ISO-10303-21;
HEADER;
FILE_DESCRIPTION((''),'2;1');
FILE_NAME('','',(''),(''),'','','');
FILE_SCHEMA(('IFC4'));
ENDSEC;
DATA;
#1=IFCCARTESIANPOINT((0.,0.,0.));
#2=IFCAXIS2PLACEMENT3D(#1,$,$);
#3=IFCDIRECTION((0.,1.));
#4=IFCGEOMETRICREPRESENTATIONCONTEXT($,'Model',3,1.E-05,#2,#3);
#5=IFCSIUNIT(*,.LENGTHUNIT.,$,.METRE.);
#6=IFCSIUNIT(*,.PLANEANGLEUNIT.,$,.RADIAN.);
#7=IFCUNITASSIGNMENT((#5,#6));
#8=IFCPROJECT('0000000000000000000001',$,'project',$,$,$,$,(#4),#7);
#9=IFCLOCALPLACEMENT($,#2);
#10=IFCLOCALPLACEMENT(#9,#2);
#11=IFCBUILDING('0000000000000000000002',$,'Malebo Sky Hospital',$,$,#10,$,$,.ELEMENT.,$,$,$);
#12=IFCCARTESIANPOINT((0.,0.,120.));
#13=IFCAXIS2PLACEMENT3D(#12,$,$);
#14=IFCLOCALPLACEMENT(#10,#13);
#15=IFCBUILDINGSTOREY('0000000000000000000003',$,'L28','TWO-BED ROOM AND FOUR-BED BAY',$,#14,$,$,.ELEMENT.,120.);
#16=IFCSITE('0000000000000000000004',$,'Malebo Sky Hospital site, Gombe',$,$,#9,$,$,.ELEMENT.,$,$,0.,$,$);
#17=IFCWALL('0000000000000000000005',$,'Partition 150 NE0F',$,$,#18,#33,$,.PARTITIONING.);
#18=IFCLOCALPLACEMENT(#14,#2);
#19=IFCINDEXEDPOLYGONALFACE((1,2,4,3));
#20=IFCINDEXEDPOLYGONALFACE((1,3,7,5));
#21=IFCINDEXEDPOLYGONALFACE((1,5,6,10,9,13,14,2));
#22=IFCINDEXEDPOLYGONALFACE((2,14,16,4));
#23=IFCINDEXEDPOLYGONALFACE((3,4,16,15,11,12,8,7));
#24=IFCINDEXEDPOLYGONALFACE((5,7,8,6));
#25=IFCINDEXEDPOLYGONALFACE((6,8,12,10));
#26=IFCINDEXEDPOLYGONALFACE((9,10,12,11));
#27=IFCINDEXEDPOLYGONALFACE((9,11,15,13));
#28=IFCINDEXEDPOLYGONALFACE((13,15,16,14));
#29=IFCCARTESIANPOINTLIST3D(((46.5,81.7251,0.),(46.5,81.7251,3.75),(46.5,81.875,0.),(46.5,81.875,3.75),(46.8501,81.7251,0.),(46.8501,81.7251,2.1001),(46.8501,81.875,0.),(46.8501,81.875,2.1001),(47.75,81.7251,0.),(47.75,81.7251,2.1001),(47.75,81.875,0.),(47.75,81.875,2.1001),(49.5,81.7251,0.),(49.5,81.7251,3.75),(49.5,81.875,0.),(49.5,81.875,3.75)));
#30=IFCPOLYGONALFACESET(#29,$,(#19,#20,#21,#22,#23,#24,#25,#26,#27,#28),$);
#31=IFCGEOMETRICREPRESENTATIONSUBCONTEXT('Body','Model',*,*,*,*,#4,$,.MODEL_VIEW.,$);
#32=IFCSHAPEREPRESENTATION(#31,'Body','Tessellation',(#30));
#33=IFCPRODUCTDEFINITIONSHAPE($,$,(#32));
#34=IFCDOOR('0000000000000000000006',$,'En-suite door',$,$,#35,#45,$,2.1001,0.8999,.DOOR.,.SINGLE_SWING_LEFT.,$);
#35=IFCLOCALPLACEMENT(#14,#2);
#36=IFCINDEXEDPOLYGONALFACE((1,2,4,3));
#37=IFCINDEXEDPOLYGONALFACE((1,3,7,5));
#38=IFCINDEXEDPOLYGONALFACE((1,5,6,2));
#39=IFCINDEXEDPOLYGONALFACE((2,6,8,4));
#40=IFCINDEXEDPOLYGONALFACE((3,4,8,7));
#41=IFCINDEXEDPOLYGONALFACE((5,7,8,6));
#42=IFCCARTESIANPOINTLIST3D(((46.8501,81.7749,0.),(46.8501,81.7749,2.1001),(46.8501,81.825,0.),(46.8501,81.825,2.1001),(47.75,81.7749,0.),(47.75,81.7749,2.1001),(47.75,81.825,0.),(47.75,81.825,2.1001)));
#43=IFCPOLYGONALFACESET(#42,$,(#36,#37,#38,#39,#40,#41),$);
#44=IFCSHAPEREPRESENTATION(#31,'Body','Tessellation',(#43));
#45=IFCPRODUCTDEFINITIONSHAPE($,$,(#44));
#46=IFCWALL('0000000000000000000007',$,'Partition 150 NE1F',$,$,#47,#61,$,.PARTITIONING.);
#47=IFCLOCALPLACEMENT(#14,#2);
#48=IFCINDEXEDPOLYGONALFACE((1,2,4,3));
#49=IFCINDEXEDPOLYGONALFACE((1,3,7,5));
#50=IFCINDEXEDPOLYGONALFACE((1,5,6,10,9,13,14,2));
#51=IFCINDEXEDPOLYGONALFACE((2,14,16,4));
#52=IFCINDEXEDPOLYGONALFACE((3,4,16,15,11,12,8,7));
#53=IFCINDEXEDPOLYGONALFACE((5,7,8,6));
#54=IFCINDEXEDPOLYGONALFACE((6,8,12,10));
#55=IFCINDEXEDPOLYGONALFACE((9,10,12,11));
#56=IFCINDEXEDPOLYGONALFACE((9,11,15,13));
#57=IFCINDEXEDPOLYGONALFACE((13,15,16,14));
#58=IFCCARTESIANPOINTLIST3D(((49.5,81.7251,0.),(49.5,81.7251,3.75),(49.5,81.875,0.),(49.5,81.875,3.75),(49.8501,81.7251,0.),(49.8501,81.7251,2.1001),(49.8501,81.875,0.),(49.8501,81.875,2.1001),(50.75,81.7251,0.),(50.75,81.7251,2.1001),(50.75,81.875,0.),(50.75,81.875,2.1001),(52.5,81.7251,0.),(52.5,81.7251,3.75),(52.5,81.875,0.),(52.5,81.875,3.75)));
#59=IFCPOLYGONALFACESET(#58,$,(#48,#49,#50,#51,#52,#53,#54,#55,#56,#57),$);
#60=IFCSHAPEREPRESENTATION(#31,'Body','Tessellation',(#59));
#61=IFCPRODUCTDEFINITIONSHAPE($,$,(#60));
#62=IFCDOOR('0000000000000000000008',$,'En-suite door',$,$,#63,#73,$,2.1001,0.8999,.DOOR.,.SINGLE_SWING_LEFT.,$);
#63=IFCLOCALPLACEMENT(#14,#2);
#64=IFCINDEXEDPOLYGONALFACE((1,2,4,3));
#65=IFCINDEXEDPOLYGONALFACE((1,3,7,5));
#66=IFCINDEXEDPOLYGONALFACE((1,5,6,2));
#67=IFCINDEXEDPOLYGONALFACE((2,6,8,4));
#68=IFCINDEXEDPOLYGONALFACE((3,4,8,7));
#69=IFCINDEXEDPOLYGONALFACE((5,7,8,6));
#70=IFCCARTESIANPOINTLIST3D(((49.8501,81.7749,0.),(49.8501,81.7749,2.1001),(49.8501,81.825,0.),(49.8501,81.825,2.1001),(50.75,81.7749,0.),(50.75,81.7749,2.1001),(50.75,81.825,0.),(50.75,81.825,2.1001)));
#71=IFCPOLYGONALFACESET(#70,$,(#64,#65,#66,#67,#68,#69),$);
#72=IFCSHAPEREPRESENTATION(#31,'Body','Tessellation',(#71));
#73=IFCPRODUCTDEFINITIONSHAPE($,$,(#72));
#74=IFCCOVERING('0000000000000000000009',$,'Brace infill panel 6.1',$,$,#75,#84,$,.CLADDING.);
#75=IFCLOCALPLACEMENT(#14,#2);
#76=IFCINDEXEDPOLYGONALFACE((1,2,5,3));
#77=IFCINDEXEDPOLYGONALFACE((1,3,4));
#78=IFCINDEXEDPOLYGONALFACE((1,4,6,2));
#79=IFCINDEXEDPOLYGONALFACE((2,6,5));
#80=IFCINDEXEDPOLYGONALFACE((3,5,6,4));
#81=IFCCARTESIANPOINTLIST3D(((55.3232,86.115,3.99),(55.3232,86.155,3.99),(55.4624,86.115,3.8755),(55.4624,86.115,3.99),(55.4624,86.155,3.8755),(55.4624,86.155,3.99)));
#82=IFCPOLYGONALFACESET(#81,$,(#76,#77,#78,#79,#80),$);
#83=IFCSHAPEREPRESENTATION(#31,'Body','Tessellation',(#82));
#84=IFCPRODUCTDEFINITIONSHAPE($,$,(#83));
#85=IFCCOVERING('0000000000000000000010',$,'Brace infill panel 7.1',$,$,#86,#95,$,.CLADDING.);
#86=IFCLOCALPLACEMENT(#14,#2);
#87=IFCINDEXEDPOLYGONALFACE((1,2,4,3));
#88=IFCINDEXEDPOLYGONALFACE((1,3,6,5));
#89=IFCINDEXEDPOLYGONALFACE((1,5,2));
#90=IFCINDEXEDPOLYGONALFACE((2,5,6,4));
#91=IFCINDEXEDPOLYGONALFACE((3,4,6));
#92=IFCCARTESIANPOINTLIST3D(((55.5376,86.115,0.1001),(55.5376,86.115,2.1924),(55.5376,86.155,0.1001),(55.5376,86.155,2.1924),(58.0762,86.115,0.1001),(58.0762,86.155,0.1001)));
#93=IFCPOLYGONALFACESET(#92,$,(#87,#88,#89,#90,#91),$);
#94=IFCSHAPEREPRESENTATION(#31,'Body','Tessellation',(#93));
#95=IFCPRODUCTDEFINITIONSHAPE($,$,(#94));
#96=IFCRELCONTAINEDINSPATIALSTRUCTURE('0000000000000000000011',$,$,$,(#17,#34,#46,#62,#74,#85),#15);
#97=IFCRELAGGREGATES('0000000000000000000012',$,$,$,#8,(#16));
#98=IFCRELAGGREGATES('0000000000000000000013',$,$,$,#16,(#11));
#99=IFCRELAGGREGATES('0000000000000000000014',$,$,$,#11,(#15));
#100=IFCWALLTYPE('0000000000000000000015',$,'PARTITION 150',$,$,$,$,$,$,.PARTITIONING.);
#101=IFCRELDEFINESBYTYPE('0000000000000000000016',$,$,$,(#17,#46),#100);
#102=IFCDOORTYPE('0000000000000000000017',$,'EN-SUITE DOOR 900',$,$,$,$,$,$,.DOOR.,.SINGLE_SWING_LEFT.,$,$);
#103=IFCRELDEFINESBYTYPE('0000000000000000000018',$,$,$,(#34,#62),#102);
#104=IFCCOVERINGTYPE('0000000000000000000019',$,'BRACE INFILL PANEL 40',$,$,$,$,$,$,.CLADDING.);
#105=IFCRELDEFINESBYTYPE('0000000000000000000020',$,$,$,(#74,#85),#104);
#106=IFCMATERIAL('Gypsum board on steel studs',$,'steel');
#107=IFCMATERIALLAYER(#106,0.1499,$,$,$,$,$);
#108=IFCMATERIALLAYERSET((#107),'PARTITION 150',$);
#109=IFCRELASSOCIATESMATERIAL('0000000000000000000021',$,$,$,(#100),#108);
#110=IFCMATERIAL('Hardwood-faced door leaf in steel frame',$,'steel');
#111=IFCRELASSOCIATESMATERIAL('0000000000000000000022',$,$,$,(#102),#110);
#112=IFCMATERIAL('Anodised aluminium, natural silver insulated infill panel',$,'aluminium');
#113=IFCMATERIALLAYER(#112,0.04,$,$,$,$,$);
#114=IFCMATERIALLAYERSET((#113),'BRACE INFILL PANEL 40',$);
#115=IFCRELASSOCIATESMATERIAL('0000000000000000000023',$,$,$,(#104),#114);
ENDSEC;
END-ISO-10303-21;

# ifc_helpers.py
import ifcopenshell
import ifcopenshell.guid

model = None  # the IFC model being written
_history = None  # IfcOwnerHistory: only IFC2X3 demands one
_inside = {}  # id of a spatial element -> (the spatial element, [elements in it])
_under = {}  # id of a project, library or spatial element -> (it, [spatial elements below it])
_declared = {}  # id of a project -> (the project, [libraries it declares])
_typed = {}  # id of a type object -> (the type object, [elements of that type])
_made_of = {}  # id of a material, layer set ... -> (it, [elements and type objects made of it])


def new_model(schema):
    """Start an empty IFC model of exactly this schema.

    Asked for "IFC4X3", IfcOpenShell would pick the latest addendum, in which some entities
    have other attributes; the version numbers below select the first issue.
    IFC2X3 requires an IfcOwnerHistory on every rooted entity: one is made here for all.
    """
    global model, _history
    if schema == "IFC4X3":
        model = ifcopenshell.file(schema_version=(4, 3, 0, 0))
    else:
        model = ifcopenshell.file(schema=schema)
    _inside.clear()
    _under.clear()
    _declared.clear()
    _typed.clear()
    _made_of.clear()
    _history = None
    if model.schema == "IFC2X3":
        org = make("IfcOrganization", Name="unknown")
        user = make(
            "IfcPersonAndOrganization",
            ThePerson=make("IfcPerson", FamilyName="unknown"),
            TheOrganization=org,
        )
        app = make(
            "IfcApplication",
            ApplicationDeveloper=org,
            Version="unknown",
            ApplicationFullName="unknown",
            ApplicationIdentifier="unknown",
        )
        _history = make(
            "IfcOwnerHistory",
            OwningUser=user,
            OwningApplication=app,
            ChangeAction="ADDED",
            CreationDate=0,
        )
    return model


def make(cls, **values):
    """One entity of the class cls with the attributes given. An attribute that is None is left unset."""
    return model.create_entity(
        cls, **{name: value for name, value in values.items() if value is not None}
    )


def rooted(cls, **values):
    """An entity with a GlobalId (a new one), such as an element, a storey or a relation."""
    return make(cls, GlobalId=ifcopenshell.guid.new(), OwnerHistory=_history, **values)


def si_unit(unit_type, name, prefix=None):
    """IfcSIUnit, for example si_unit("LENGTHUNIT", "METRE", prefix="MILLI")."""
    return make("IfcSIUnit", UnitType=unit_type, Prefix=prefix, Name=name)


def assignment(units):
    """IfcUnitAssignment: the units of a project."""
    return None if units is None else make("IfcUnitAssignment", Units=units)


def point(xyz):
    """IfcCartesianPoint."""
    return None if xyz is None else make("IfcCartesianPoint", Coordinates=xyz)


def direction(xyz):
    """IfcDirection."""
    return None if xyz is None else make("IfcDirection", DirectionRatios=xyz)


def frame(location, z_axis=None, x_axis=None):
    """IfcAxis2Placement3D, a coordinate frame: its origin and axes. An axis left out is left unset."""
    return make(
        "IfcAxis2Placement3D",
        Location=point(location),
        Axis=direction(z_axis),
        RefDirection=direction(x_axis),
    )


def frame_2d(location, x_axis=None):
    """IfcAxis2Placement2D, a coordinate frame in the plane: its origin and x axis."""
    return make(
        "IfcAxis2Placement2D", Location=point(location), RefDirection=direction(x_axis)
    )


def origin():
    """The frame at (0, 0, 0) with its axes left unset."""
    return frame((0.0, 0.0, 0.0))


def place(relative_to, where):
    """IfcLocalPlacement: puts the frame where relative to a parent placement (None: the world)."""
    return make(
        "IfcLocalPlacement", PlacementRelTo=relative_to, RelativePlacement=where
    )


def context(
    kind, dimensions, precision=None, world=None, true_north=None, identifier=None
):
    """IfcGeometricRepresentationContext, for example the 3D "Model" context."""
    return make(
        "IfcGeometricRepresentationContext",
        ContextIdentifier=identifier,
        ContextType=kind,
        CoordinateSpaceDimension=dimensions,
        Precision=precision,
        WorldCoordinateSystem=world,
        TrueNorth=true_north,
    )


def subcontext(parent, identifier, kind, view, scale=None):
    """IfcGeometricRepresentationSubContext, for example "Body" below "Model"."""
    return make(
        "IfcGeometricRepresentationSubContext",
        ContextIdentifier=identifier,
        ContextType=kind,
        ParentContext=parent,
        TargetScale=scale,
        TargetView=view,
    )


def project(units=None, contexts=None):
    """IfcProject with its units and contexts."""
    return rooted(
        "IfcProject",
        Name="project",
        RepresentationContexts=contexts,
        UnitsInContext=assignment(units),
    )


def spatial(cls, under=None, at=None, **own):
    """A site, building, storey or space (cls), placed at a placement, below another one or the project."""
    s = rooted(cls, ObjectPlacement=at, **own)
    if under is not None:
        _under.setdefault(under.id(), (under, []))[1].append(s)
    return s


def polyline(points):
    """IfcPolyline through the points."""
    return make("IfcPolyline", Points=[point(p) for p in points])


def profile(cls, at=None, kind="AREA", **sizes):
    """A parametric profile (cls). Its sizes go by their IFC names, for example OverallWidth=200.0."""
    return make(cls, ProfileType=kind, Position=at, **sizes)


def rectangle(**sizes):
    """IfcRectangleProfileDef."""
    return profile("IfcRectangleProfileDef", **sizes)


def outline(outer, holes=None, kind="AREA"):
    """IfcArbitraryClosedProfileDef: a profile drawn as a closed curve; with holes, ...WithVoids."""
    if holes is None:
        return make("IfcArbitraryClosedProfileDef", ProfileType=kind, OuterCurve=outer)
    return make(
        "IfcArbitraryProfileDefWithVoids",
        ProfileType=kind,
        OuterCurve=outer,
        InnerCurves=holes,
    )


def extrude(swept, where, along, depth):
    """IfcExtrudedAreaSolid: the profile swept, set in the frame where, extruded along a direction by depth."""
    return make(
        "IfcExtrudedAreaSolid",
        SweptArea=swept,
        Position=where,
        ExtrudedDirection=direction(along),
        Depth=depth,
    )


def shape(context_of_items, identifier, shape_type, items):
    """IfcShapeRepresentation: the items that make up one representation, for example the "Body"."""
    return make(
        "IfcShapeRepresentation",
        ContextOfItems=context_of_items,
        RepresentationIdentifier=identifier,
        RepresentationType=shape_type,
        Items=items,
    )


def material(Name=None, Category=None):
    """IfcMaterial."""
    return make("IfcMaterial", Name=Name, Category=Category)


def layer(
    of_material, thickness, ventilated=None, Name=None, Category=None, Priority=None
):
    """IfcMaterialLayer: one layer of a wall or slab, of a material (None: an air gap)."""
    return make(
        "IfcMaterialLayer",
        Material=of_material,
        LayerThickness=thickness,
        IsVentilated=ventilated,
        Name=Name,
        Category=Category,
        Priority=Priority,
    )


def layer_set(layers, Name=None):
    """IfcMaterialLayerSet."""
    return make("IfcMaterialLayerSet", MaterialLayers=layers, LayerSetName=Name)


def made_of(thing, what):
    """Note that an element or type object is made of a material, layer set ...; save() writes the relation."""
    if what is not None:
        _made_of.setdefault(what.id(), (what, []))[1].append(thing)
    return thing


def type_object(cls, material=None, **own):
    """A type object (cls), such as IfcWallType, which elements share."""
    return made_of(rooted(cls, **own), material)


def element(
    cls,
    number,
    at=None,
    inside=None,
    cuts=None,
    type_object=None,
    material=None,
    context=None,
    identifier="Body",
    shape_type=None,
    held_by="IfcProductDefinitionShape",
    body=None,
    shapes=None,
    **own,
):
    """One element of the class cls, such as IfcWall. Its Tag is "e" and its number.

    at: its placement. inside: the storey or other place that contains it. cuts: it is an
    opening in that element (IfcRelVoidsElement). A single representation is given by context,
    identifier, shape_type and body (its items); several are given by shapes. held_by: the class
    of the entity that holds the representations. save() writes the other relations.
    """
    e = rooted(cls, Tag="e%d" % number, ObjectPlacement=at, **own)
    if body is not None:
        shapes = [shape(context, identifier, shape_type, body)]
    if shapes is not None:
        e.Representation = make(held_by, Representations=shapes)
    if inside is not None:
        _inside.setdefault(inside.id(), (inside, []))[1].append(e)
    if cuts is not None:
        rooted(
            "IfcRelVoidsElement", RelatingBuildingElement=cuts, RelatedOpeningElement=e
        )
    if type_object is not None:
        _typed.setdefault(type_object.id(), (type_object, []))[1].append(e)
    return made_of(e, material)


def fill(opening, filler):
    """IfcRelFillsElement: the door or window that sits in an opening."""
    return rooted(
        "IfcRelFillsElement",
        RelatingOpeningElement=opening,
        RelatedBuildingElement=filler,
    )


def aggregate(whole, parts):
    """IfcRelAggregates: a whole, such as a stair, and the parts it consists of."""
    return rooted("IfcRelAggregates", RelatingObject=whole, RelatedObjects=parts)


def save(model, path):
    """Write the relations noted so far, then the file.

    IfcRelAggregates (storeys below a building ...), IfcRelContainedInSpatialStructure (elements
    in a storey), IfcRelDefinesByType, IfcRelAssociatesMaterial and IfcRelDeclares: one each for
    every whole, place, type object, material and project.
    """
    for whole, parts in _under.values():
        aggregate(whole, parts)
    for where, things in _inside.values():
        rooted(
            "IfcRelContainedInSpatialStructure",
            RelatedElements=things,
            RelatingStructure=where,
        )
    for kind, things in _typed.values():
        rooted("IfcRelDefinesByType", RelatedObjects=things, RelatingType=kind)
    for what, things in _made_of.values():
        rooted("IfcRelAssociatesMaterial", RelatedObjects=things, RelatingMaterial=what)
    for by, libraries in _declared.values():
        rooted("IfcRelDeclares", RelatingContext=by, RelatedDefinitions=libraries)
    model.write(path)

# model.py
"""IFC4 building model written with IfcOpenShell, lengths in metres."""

from ifc_helpers import new_model, si_unit, direction, frame, frame_2d, origin, place, context, subcontext, project, spatial, polyline, rectangle, outline, extrude, material, layer, layer_set, type_object, element, fill, save


model = new_model("IFC4")

# Units and contexts
model_context = context("Model", 3, precision=1e-05, world=origin(), true_north=direction((0.0, 1.0)))
body_context = subcontext(model_context, "Body", "Model", "MODEL_VIEW")
ifc_project = project(units=[si_unit("LENGTHUNIT", "METRE"), si_unit("PLANEANGLEUNIT", "RADIAN")], contexts=[model_context])

# Site, building, storey
site_placement = place(None, origin())
site = spatial("IfcSite", under=ifc_project, at=site_placement, Name="Malebo Sky Hospital site, Gombe", CompositionType="ELEMENT", RefElevation=0.0)
building_placement = place(site_placement, origin())
building = spatial("IfcBuilding", under=site, at=building_placement, Name="Malebo Sky Hospital", CompositionType="ELEMENT")
storey_placement = place(building_placement, frame((0.0, 0.0, 120.0)))
storey = spatial("IfcBuildingStorey", under=building, at=storey_placement, Name="L28", Description="TWO-BED ROOM AND FOUR-BED BAY", CompositionType="ELEMENT", Elevation=120.0)

# Shared definitions
ifc_material_1 = material(Name="Gypsum board on steel studs", Category="steel")
ifc_layer_1 = layer(ifc_material_1, 0.1499)
ifc_layer_set_1 = layer_set([ifc_layer_1], Name="PARTITION 150")
wall_type = type_object("IfcWallType", Name="PARTITION 150", PredefinedType="PARTITIONING", material=ifc_layer_set_1)

# Walls, openings, doors
wall_1_placement = place(storey_placement, frame((46.5, 81.8, 0.0), z_axis=(0.0, 0.0, 1.0), x_axis=(1.0, 0.0, 0.0)))
wall_1 = element("IfcWall", 1, at=wall_1_placement, inside=storey, type_object=wall_type, Name="Partition 150 NE0F", PredefinedType="PARTITIONING", context=body_context, shape_type="SweptSolid", body=[
    extrude(rectangle(XDim=3.0, YDim=0.1499, at=frame_2d((1.5, 0.0))), origin(), (0.0, 0.0, 1.0), 3.75),
])
opening_1_placement = place(wall_1_placement, frame((0.3501, 0.0, 0.0)))
opening_1 = element("IfcOpeningElement", 2, at=opening_1_placement, cuts=wall_1, PredefinedType="OPENING", context=body_context, shape_type="SweptSolid", body=[
    extrude(rectangle(XDim=0.8999, YDim=2.1001, at=frame_2d((0.45, 1.05))), frame((0.0, 0.085, 0.0), z_axis=(0.0, -1.0, 0.0), x_axis=(1.0, 0.0, 0.0)), (0.0, 0.0, 1.0), 0.1699),
])
ifc_material_2 = material(Name="Hardwood-faced door leaf in steel frame", Category="steel")
door_type = type_object("IfcDoorType", Name="EN-SUITE DOOR 900", OperationType="SINGLE_SWING_LEFT", PredefinedType="DOOR", material=ifc_material_2)
door_1_placement = place(opening_1_placement, origin())
door_1 = element("IfcDoor", 3, at=door_1_placement, inside=storey, type_object=door_type, Name="En-suite door", OperationType="SINGLE_SWING_LEFT", OverallHeight=2.1001, OverallWidth=0.8999, PredefinedType="DOOR", context=body_context, shape_type="SweptSolid", body=[
    extrude(rectangle(XDim=0.8999, YDim=2.1001, at=frame_2d((0.45, 1.05))), frame((0.0, 0.0249, 0.0), z_axis=(0.0, -1.0, 0.0), x_axis=(1.0, 0.0, 0.0)), (0.0, 0.0, 1.0), 0.05),
])
fill(opening_1, door_1)
wall_2_placement = place(storey_placement, frame((49.5, 81.8, 0.0), z_axis=(0.0, 0.0, 1.0), x_axis=(1.0, 0.0, 0.0)))
wall_2 = element("IfcWall", 4, at=wall_2_placement, inside=storey, type_object=wall_type, Name="Partition 150 NE1F", PredefinedType="PARTITIONING", context=body_context, shape_type="SweptSolid", body=[
    extrude(rectangle(XDim=3.0, YDim=0.1499, at=frame_2d((1.5, 0.0))), origin(), (0.0, 0.0, 1.0), 3.75),
])
opening_2_placement = place(wall_2_placement, frame((0.3501, 0.0, 0.0)))
opening_2 = element("IfcOpeningElement", 5, at=opening_2_placement, cuts=wall_2, PredefinedType="OPENING", context=body_context, shape_type="SweptSolid", body=[
    extrude(rectangle(XDim=0.8999, YDim=2.1001, at=frame_2d((0.45, 1.05))), frame((0.0, 0.085, 0.0), z_axis=(0.0, -1.0, 0.0), x_axis=(1.0, 0.0, 0.0)), (0.0, 0.0, 1.0), 0.1699),
])
door_2_placement = place(opening_2_placement, origin())
door_2 = element("IfcDoor", 6, at=door_2_placement, inside=storey, type_object=door_type, Name="En-suite door", OperationType="SINGLE_SWING_LEFT", OverallHeight=2.1001, OverallWidth=0.8999, PredefinedType="DOOR", context=body_context, shape_type="SweptSolid", body=[
    extrude(rectangle(XDim=0.8999, YDim=2.1001, at=frame_2d((0.45, 1.05))), frame((0.0, 0.0249, 0.0), z_axis=(0.0, -1.0, 0.0), x_axis=(1.0, 0.0, 0.0)), (0.0, 0.0, 1.0), 0.05),
])
fill(opening_2, door_2)

# Coverings
ifc_material_3 = material(Name="Anodised aluminium, natural silver insulated infill panel", Category="aluminium")
ifc_layer_2 = layer(ifc_material_3, 0.04)
ifc_layer_set_2 = layer_set([ifc_layer_2], Name="BRACE INFILL PANEL 40")
covering_type = type_object("IfcCoveringType", Name="BRACE INFILL PANEL 40", PredefinedType="CLADDING", material=ifc_layer_set_2)
covering_1_placement = place(storey_placement, frame((55.3928, 86.135, 3.8755), z_axis=(0.0, 0.0, 1.0), x_axis=(1.0, 0.0, 0.0)))
element("IfcCovering", 7, at=covering_1_placement, inside=storey, type_object=covering_type, Name="Brace infill panel 6.1", PredefinedType="CLADDING", context=body_context, shape_type="SweptSolid", body=[
    extrude(outline(polyline([(0.0696, 0.0), (0.0696, 0.1145), (-0.0696, 0.1145), (0.0696, 0.0)])), frame((0.0, 0.02, 0.0), z_axis=(0.0, -1.0, 0.0), x_axis=(1.0, 0.0, 0.0)), (0.0, 0.0, 1.0), 0.04),
])
covering_2_placement = place(storey_placement, frame((56.8069, 86.135, 0.1001), z_axis=(0.0, 0.0, 1.0), x_axis=(1.0, 0.0, 0.0)))
element("IfcCovering", 8, at=covering_2_placement, inside=storey, type_object=covering_type, Name="Brace infill panel 7.1", PredefinedType="CLADDING", context=body_context, shape_type="SweptSolid", body=[
    extrude(outline(polyline([(-1.2693, 0.0), (1.2693, 0.0), (-1.2693, 2.0923), (-1.2693, 0.0)])), frame((0.0, 0.02, 0.0), z_axis=(0.0, -1.0, 0.0), x_axis=(1.0, 0.0, 0.0)), (0.0, 0.0, 1.0), 0.04),
])

save(model, "model.ifc")
